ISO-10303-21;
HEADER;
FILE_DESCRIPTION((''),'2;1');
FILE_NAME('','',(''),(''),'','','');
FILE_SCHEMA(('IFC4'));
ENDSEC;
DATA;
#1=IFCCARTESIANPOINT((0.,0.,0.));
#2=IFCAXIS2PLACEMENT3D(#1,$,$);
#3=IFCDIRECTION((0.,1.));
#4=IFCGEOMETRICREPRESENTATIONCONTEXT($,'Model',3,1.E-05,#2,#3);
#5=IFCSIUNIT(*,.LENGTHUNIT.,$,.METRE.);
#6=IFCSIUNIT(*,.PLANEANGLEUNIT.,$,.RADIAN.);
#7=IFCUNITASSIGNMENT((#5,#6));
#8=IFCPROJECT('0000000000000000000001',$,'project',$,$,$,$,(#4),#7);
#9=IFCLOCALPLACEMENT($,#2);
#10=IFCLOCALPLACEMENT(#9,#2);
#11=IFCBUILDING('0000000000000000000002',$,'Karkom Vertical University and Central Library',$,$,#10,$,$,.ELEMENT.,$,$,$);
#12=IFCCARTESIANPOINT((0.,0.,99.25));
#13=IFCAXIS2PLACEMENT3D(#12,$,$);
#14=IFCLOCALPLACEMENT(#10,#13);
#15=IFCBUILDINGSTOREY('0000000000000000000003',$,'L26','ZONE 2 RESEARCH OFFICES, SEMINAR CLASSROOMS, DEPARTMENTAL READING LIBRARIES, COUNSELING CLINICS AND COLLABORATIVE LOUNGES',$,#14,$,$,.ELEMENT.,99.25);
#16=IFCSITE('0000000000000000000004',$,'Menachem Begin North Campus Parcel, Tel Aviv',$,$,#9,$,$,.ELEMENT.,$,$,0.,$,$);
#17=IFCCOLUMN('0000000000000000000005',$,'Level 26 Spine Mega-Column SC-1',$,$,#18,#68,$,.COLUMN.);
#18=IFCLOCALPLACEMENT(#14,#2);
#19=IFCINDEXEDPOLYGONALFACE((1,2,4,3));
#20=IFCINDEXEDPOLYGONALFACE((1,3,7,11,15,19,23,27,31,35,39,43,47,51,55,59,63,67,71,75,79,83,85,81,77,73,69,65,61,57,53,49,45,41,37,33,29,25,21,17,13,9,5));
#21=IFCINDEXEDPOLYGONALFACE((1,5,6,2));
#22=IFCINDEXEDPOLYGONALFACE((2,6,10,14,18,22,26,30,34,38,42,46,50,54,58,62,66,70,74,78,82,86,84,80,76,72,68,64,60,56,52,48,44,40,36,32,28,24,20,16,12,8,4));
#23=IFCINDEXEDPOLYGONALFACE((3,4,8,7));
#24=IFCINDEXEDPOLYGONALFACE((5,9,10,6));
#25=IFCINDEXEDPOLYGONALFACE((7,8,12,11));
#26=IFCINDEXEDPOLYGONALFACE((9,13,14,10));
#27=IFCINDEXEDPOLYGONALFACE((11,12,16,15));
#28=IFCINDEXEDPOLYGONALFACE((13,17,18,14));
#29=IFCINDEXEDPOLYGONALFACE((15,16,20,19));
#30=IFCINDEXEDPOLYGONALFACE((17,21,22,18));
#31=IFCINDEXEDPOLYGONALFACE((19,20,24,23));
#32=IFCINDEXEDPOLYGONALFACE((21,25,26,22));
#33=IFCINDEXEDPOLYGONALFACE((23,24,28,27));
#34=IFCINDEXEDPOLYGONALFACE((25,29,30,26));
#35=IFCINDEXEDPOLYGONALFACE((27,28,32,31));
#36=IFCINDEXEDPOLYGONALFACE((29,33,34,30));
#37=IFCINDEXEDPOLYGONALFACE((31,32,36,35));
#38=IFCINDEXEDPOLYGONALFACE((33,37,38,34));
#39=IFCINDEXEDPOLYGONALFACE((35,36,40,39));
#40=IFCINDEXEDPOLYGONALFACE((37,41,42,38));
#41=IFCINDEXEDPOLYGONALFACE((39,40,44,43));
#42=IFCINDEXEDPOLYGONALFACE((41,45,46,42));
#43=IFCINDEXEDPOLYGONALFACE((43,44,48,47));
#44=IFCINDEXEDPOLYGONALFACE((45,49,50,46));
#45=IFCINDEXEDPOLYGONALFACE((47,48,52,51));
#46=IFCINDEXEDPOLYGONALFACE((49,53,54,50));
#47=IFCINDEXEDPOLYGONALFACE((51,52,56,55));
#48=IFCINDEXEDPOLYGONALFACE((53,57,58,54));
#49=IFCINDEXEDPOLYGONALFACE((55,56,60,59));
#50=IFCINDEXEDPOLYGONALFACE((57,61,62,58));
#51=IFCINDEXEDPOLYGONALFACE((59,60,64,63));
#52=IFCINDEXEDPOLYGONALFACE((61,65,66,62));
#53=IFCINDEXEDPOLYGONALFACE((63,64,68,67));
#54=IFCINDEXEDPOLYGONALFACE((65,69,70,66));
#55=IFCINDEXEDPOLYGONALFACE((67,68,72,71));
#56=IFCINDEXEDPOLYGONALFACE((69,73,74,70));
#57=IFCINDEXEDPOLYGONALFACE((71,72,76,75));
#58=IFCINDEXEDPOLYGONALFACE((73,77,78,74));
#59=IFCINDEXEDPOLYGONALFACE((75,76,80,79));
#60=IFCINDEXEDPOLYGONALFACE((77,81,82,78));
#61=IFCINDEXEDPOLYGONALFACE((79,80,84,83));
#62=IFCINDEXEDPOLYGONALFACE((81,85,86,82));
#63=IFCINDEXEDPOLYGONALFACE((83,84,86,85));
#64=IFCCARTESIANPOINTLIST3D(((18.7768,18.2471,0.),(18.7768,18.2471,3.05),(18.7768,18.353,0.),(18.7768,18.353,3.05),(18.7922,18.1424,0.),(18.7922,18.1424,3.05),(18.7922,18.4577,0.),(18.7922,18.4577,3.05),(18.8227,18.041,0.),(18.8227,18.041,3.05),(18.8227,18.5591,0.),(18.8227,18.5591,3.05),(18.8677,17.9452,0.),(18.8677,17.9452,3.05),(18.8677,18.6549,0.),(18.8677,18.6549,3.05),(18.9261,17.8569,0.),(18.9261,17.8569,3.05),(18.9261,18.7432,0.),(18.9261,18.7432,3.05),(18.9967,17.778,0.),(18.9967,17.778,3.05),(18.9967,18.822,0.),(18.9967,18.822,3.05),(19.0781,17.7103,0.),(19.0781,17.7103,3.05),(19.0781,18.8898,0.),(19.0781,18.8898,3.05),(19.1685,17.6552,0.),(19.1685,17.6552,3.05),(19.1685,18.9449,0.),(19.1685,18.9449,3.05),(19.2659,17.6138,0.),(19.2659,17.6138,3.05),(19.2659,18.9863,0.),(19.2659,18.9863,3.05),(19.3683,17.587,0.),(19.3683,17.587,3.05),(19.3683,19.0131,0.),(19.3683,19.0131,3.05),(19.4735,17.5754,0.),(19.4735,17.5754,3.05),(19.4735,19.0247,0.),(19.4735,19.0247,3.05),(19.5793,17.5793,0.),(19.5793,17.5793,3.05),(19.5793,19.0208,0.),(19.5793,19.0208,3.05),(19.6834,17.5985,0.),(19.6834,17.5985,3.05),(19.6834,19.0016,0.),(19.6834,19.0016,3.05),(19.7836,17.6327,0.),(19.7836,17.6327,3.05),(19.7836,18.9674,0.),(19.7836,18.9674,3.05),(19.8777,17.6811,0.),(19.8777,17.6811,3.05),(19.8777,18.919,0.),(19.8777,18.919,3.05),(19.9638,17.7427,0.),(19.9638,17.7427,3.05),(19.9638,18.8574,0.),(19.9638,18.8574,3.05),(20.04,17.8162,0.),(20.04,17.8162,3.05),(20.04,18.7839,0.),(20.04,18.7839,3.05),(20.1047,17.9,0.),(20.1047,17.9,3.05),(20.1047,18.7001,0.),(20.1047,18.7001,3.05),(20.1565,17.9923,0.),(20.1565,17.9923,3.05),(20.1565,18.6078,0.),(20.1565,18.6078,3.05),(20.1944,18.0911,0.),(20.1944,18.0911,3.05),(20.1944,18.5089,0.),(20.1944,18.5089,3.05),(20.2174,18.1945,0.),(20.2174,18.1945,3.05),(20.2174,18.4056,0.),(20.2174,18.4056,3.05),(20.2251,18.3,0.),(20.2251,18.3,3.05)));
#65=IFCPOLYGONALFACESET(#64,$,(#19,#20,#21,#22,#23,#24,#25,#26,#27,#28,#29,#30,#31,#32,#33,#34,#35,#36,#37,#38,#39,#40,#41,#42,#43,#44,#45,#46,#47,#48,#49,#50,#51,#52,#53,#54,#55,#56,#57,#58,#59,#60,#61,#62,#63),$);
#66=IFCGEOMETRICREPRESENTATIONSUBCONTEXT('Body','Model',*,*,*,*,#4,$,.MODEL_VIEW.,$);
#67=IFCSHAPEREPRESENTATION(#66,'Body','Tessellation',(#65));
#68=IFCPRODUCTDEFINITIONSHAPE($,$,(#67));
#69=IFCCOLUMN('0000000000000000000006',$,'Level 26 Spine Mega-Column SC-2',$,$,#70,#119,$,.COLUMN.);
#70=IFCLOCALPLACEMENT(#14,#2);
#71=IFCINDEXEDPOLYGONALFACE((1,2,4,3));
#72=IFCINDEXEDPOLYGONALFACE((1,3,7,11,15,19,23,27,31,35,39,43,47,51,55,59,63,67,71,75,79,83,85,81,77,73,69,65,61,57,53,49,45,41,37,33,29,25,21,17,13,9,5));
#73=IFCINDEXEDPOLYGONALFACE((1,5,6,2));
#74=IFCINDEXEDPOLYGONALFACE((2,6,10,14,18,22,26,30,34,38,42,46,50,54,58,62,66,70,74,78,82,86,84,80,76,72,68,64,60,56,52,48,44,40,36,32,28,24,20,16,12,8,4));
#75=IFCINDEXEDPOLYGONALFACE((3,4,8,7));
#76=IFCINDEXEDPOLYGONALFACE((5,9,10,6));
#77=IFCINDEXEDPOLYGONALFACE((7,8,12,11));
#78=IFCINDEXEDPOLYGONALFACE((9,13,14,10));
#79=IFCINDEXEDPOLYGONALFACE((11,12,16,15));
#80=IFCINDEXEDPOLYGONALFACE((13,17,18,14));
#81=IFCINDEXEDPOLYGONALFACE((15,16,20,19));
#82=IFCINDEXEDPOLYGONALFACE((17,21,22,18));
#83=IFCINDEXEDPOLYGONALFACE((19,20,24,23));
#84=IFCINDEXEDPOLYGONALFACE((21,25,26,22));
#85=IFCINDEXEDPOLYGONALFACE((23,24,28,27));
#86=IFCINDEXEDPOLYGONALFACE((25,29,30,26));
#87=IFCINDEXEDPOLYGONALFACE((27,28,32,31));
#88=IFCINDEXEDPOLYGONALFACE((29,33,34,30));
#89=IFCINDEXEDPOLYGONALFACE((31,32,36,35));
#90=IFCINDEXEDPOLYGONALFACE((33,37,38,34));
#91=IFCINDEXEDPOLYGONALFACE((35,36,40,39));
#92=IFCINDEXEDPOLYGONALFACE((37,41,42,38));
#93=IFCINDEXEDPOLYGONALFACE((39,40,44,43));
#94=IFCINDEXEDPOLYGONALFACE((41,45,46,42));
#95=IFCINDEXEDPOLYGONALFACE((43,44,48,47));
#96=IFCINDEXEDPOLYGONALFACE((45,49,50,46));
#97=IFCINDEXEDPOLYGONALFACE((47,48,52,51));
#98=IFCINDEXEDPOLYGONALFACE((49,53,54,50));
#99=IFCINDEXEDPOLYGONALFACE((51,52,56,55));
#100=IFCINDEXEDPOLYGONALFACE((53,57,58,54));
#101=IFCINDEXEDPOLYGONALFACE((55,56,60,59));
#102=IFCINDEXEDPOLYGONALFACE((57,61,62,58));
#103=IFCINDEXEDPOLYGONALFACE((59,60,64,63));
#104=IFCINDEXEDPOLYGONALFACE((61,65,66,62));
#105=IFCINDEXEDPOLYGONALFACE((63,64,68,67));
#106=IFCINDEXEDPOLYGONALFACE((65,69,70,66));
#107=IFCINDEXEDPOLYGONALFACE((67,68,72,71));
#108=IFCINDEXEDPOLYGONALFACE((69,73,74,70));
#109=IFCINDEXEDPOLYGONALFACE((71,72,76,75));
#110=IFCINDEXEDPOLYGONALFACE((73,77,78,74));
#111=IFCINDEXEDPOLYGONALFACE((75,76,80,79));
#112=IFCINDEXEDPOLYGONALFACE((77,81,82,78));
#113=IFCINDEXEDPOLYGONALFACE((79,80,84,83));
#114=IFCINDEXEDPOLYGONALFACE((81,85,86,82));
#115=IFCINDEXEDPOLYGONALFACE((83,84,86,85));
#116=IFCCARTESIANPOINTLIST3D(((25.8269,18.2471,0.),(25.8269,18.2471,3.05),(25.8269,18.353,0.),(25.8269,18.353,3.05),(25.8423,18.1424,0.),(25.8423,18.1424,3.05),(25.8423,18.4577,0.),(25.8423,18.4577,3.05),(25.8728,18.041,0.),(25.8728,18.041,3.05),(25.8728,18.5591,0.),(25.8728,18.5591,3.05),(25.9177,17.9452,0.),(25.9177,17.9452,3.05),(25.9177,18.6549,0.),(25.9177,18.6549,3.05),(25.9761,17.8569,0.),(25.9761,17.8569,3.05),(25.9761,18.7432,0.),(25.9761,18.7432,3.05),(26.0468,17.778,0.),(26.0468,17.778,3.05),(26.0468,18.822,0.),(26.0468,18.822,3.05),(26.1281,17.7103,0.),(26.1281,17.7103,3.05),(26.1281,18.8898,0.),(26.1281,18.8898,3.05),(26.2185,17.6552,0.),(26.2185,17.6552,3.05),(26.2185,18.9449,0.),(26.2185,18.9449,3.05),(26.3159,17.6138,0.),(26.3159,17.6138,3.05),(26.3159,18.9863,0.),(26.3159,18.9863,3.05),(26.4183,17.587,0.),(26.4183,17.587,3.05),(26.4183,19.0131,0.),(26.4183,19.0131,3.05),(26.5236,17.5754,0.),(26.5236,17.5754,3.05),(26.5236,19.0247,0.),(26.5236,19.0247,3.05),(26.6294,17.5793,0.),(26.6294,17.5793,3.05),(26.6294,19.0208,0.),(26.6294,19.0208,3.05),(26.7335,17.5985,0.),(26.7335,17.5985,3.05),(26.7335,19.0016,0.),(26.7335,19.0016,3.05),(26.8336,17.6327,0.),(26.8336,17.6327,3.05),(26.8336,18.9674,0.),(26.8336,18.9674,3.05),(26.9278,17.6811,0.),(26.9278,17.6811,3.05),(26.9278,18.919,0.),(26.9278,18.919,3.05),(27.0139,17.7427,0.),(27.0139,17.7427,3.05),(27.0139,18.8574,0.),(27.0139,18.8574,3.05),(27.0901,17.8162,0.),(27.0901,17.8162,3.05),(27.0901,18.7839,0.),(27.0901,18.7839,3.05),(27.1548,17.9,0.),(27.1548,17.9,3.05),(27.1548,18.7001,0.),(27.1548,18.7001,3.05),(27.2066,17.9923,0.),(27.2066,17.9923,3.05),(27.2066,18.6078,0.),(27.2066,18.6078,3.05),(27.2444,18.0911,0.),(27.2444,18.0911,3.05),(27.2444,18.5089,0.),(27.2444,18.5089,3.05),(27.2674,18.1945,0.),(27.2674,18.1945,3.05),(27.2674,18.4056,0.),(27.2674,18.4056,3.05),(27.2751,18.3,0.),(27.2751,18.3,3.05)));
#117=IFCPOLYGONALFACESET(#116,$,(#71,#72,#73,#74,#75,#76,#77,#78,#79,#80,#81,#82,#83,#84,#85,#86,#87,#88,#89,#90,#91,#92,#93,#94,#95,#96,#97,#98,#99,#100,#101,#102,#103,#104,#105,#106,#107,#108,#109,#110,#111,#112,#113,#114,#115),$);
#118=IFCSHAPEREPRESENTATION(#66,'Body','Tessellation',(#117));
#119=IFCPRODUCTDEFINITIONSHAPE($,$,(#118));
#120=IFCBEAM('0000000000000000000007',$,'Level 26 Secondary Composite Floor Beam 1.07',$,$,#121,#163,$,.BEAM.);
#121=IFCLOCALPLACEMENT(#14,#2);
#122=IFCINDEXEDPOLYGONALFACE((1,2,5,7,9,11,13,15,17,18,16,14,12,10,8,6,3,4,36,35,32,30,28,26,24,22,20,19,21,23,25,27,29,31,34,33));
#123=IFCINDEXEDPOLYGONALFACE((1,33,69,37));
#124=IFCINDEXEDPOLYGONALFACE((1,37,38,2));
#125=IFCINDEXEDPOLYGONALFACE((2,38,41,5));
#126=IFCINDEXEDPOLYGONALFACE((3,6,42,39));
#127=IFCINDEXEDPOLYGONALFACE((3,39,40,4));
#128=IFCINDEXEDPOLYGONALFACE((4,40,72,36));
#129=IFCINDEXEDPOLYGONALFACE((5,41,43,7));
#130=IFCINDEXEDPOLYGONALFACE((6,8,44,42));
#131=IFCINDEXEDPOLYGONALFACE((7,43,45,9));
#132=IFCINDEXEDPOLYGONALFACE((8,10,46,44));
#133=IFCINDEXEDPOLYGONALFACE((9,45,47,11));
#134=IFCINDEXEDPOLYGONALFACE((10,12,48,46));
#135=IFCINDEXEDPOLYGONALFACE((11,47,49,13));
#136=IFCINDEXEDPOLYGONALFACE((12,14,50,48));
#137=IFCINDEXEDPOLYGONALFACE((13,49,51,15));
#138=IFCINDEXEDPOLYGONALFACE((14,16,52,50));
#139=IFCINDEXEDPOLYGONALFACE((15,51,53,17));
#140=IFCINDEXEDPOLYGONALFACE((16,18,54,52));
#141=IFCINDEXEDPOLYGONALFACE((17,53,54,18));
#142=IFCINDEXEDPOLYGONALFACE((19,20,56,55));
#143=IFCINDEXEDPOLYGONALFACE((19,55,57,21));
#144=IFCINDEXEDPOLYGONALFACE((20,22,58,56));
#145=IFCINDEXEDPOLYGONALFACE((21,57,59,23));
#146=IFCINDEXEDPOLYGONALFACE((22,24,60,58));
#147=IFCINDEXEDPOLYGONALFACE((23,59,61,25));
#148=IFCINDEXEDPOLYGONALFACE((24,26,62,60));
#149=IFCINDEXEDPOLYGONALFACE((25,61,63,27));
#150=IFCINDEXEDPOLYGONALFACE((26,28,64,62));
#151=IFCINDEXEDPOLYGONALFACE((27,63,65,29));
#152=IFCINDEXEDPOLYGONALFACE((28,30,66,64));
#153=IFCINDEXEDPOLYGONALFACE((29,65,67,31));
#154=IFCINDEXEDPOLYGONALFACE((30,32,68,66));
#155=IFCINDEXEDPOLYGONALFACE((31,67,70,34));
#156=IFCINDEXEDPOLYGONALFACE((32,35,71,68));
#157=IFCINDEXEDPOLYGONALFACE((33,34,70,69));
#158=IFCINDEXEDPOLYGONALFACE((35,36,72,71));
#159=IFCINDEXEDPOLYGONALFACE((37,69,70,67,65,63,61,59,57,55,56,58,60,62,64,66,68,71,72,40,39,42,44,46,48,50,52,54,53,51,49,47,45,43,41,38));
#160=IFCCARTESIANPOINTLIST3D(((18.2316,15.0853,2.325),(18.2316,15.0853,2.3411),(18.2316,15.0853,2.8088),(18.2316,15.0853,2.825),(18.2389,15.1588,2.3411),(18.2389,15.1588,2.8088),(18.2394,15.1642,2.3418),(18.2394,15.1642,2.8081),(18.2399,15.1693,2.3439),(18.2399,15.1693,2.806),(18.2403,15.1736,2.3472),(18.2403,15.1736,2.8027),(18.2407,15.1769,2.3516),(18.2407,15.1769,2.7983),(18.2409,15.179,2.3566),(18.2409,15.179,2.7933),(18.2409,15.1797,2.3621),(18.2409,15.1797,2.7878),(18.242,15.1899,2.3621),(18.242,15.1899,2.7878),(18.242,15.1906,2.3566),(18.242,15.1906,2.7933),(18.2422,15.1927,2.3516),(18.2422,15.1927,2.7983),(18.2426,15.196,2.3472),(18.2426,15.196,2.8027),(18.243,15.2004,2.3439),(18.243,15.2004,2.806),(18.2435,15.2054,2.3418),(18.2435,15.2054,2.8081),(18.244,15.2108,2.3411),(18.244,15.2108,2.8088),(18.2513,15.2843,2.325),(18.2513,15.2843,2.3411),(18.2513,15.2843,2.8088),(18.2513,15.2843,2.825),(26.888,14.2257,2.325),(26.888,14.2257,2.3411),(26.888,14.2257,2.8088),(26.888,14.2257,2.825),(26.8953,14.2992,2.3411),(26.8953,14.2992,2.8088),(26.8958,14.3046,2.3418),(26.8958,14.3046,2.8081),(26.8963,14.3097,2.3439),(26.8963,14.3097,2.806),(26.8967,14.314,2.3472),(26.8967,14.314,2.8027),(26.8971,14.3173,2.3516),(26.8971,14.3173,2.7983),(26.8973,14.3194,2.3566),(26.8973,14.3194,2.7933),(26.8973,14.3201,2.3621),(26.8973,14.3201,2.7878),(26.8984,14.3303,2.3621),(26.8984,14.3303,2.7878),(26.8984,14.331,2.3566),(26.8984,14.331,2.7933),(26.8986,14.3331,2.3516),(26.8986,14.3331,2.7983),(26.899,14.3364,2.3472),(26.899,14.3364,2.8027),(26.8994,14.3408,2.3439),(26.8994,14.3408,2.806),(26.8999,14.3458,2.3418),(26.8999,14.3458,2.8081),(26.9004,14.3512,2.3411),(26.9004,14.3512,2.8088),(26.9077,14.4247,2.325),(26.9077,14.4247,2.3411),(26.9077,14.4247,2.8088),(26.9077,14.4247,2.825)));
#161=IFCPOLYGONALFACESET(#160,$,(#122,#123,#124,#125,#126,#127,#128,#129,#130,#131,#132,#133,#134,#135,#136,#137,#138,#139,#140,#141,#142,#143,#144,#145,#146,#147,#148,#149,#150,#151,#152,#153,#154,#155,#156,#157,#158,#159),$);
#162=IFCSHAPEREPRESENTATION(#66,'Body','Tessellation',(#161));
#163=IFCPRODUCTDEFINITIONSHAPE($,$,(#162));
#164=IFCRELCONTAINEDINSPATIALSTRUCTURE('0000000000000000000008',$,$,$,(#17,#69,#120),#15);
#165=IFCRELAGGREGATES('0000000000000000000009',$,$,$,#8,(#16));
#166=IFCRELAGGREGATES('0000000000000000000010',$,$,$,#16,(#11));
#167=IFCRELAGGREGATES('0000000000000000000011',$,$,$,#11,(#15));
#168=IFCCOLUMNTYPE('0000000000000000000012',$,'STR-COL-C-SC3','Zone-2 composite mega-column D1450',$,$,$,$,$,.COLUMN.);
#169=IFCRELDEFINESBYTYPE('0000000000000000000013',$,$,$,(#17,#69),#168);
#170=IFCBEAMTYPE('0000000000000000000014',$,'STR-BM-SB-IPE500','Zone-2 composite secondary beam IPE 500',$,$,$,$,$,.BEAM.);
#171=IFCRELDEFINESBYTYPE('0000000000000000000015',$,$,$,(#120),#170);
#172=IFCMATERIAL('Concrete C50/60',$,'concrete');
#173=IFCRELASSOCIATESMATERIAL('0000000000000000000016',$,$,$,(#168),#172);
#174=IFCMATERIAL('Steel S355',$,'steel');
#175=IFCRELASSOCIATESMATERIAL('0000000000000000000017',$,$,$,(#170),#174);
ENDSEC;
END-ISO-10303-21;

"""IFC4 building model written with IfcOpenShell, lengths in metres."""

from ifc_helpers import new_model, si_unit, direction, frame, origin, origin_with_axes, origin_2d, place, context, subcontext, project, spatial, circle, i_section, extrude, source, transform, mapped, material, material_profile, profile_set, type_object, element, save


model = new_model("IFC4")

# Units and contexts
model_context = context("Model", 3, precision=1e-05, world=origin(), true_north=direction((0.0, 1.0)))
body_context = subcontext(model_context, "Body", "Model", "MODEL_VIEW")
ifc_project = project(units=[si_unit("LENGTHUNIT", "METRE"), si_unit("PLANEANGLEUNIT", "RADIAN")], contexts=[model_context])

# Site, building, storey
site_placement = place(None, origin())
site = spatial("IfcSite", under=ifc_project, at=site_placement, Name="Menachem Begin North Campus Parcel, Tel Aviv", CompositionType="ELEMENT", RefElevation=0.0)
building_placement = place(site_placement, origin())
building = spatial("IfcBuilding", under=site, at=building_placement, Name="Karkom Vertical University and Central Library", CompositionType="ELEMENT")
storey_placement = place(building_placement, frame((0.0, 0.0, 99.25)))
storey = spatial("IfcBuildingStorey", under=building, at=storey_placement, Name="L26", Description="ZONE 2 RESEARCH OFFICES, SEMINAR CLASSROOMS, DEPARTMENTAL READING LIBRARIES, COUNSELING CLINICS AND COLLABORATIVE LOUNGES", CompositionType="ELEMENT", Elevation=99.25)

# Columns
ifc_material_1 = material(Name="Concrete C50/60", Category="concrete")
ifc_material_profile_1 = material_profile(ifc_material_1, circle(Radius=0.7251, at=origin_2d()), Name="CFT-D1450")
ifc_profile_set_1 = profile_set([ifc_material_profile_1], Name="Concrete C50/60")
column_type = type_object("IfcColumnType", Name="STR-COL-C-SC3", Description="Zone-2 composite mega-column D1450", PredefinedType="COLUMN", material=ifc_profile_set_1)
shared_shape_1 = source(origin_with_axes(), body_context, "Body", "SweptSolid", [
    extrude(circle(Radius=0.7251, at=origin_2d()), origin(), (0.0, 0.0, 1.0), 3.05),
])
for number, where, z_axis, x_axis, name in (
    (1, (19.5, 18.3, 0.0), (0.0, 0.0, 1.0), (1.0, 0.0, 0.0), "Level 26 Spine Mega-Column SC-1"),
    (2, (26.55, 18.3, 0.0), (0.0, 0.0, 1.0), (1.0, 0.0, 0.0), "Level 26 Spine Mega-Column SC-2"),
):
    element("IfcColumn", number, at=place(storey_placement, frame(where, z_axis=z_axis, x_axis=x_axis)), inside=storey, type_object=column_type, Name=name, PredefinedType="COLUMN", context=body_context, shape_type="MappedRepresentation", body=[
        mapped(shared_shape_1, transform((0.0, 0.0, 0.0), scale=1.0)),
    ])

# Beam
ifc_material_2 = material(Name="Steel S355", Category="steel")
ifc_material_profile_2 = material_profile(ifc_material_2, i_section(OverallWidth=0.2, OverallDepth=0.5, WebThickness=0.0103, FlangeThickness=0.0161, FilletRadius=0.021, at=origin_2d()), Name="IPE 500")
ifc_profile_set_2 = profile_set([ifc_material_profile_2], Name="Steel S355")
beam_type_1 = type_object("IfcBeamType", Name="STR-BM-SB-IPE500", Description="Zone-2 composite secondary beam IPE 500", PredefinedType="BEAM", material=ifc_profile_set_2)
shared_shape_2 = source(origin_with_axes(), body_context, "Body", "SweptSolid", [
    extrude(i_section(OverallWidth=0.2, OverallDepth=0.5, WebThickness=0.0103, FlangeThickness=0.0161, FilletRadius=0.021, at=origin_2d()), origin(), (0.0, 0.0, 1.0), 8.699),
])
beam_1_placement = place(storey_placement, frame((18.2415, 15.1848, 2.575), z_axis=(0.995106, -0.098817, 0.0), x_axis=(0.098817, 0.995106, 0.0)))
element("IfcBeam", 3, at=beam_1_placement, inside=storey, type_object=beam_type_1, Name="Level 26 Secondary Composite Floor Beam 1.07", PredefinedType="BEAM", context=body_context, shape_type="MappedRepresentation", body=[
    mapped(shared_shape_2, transform((0.0, 0.0, 0.0), scale=1.0)),
])

save(model, "model.ifc")
